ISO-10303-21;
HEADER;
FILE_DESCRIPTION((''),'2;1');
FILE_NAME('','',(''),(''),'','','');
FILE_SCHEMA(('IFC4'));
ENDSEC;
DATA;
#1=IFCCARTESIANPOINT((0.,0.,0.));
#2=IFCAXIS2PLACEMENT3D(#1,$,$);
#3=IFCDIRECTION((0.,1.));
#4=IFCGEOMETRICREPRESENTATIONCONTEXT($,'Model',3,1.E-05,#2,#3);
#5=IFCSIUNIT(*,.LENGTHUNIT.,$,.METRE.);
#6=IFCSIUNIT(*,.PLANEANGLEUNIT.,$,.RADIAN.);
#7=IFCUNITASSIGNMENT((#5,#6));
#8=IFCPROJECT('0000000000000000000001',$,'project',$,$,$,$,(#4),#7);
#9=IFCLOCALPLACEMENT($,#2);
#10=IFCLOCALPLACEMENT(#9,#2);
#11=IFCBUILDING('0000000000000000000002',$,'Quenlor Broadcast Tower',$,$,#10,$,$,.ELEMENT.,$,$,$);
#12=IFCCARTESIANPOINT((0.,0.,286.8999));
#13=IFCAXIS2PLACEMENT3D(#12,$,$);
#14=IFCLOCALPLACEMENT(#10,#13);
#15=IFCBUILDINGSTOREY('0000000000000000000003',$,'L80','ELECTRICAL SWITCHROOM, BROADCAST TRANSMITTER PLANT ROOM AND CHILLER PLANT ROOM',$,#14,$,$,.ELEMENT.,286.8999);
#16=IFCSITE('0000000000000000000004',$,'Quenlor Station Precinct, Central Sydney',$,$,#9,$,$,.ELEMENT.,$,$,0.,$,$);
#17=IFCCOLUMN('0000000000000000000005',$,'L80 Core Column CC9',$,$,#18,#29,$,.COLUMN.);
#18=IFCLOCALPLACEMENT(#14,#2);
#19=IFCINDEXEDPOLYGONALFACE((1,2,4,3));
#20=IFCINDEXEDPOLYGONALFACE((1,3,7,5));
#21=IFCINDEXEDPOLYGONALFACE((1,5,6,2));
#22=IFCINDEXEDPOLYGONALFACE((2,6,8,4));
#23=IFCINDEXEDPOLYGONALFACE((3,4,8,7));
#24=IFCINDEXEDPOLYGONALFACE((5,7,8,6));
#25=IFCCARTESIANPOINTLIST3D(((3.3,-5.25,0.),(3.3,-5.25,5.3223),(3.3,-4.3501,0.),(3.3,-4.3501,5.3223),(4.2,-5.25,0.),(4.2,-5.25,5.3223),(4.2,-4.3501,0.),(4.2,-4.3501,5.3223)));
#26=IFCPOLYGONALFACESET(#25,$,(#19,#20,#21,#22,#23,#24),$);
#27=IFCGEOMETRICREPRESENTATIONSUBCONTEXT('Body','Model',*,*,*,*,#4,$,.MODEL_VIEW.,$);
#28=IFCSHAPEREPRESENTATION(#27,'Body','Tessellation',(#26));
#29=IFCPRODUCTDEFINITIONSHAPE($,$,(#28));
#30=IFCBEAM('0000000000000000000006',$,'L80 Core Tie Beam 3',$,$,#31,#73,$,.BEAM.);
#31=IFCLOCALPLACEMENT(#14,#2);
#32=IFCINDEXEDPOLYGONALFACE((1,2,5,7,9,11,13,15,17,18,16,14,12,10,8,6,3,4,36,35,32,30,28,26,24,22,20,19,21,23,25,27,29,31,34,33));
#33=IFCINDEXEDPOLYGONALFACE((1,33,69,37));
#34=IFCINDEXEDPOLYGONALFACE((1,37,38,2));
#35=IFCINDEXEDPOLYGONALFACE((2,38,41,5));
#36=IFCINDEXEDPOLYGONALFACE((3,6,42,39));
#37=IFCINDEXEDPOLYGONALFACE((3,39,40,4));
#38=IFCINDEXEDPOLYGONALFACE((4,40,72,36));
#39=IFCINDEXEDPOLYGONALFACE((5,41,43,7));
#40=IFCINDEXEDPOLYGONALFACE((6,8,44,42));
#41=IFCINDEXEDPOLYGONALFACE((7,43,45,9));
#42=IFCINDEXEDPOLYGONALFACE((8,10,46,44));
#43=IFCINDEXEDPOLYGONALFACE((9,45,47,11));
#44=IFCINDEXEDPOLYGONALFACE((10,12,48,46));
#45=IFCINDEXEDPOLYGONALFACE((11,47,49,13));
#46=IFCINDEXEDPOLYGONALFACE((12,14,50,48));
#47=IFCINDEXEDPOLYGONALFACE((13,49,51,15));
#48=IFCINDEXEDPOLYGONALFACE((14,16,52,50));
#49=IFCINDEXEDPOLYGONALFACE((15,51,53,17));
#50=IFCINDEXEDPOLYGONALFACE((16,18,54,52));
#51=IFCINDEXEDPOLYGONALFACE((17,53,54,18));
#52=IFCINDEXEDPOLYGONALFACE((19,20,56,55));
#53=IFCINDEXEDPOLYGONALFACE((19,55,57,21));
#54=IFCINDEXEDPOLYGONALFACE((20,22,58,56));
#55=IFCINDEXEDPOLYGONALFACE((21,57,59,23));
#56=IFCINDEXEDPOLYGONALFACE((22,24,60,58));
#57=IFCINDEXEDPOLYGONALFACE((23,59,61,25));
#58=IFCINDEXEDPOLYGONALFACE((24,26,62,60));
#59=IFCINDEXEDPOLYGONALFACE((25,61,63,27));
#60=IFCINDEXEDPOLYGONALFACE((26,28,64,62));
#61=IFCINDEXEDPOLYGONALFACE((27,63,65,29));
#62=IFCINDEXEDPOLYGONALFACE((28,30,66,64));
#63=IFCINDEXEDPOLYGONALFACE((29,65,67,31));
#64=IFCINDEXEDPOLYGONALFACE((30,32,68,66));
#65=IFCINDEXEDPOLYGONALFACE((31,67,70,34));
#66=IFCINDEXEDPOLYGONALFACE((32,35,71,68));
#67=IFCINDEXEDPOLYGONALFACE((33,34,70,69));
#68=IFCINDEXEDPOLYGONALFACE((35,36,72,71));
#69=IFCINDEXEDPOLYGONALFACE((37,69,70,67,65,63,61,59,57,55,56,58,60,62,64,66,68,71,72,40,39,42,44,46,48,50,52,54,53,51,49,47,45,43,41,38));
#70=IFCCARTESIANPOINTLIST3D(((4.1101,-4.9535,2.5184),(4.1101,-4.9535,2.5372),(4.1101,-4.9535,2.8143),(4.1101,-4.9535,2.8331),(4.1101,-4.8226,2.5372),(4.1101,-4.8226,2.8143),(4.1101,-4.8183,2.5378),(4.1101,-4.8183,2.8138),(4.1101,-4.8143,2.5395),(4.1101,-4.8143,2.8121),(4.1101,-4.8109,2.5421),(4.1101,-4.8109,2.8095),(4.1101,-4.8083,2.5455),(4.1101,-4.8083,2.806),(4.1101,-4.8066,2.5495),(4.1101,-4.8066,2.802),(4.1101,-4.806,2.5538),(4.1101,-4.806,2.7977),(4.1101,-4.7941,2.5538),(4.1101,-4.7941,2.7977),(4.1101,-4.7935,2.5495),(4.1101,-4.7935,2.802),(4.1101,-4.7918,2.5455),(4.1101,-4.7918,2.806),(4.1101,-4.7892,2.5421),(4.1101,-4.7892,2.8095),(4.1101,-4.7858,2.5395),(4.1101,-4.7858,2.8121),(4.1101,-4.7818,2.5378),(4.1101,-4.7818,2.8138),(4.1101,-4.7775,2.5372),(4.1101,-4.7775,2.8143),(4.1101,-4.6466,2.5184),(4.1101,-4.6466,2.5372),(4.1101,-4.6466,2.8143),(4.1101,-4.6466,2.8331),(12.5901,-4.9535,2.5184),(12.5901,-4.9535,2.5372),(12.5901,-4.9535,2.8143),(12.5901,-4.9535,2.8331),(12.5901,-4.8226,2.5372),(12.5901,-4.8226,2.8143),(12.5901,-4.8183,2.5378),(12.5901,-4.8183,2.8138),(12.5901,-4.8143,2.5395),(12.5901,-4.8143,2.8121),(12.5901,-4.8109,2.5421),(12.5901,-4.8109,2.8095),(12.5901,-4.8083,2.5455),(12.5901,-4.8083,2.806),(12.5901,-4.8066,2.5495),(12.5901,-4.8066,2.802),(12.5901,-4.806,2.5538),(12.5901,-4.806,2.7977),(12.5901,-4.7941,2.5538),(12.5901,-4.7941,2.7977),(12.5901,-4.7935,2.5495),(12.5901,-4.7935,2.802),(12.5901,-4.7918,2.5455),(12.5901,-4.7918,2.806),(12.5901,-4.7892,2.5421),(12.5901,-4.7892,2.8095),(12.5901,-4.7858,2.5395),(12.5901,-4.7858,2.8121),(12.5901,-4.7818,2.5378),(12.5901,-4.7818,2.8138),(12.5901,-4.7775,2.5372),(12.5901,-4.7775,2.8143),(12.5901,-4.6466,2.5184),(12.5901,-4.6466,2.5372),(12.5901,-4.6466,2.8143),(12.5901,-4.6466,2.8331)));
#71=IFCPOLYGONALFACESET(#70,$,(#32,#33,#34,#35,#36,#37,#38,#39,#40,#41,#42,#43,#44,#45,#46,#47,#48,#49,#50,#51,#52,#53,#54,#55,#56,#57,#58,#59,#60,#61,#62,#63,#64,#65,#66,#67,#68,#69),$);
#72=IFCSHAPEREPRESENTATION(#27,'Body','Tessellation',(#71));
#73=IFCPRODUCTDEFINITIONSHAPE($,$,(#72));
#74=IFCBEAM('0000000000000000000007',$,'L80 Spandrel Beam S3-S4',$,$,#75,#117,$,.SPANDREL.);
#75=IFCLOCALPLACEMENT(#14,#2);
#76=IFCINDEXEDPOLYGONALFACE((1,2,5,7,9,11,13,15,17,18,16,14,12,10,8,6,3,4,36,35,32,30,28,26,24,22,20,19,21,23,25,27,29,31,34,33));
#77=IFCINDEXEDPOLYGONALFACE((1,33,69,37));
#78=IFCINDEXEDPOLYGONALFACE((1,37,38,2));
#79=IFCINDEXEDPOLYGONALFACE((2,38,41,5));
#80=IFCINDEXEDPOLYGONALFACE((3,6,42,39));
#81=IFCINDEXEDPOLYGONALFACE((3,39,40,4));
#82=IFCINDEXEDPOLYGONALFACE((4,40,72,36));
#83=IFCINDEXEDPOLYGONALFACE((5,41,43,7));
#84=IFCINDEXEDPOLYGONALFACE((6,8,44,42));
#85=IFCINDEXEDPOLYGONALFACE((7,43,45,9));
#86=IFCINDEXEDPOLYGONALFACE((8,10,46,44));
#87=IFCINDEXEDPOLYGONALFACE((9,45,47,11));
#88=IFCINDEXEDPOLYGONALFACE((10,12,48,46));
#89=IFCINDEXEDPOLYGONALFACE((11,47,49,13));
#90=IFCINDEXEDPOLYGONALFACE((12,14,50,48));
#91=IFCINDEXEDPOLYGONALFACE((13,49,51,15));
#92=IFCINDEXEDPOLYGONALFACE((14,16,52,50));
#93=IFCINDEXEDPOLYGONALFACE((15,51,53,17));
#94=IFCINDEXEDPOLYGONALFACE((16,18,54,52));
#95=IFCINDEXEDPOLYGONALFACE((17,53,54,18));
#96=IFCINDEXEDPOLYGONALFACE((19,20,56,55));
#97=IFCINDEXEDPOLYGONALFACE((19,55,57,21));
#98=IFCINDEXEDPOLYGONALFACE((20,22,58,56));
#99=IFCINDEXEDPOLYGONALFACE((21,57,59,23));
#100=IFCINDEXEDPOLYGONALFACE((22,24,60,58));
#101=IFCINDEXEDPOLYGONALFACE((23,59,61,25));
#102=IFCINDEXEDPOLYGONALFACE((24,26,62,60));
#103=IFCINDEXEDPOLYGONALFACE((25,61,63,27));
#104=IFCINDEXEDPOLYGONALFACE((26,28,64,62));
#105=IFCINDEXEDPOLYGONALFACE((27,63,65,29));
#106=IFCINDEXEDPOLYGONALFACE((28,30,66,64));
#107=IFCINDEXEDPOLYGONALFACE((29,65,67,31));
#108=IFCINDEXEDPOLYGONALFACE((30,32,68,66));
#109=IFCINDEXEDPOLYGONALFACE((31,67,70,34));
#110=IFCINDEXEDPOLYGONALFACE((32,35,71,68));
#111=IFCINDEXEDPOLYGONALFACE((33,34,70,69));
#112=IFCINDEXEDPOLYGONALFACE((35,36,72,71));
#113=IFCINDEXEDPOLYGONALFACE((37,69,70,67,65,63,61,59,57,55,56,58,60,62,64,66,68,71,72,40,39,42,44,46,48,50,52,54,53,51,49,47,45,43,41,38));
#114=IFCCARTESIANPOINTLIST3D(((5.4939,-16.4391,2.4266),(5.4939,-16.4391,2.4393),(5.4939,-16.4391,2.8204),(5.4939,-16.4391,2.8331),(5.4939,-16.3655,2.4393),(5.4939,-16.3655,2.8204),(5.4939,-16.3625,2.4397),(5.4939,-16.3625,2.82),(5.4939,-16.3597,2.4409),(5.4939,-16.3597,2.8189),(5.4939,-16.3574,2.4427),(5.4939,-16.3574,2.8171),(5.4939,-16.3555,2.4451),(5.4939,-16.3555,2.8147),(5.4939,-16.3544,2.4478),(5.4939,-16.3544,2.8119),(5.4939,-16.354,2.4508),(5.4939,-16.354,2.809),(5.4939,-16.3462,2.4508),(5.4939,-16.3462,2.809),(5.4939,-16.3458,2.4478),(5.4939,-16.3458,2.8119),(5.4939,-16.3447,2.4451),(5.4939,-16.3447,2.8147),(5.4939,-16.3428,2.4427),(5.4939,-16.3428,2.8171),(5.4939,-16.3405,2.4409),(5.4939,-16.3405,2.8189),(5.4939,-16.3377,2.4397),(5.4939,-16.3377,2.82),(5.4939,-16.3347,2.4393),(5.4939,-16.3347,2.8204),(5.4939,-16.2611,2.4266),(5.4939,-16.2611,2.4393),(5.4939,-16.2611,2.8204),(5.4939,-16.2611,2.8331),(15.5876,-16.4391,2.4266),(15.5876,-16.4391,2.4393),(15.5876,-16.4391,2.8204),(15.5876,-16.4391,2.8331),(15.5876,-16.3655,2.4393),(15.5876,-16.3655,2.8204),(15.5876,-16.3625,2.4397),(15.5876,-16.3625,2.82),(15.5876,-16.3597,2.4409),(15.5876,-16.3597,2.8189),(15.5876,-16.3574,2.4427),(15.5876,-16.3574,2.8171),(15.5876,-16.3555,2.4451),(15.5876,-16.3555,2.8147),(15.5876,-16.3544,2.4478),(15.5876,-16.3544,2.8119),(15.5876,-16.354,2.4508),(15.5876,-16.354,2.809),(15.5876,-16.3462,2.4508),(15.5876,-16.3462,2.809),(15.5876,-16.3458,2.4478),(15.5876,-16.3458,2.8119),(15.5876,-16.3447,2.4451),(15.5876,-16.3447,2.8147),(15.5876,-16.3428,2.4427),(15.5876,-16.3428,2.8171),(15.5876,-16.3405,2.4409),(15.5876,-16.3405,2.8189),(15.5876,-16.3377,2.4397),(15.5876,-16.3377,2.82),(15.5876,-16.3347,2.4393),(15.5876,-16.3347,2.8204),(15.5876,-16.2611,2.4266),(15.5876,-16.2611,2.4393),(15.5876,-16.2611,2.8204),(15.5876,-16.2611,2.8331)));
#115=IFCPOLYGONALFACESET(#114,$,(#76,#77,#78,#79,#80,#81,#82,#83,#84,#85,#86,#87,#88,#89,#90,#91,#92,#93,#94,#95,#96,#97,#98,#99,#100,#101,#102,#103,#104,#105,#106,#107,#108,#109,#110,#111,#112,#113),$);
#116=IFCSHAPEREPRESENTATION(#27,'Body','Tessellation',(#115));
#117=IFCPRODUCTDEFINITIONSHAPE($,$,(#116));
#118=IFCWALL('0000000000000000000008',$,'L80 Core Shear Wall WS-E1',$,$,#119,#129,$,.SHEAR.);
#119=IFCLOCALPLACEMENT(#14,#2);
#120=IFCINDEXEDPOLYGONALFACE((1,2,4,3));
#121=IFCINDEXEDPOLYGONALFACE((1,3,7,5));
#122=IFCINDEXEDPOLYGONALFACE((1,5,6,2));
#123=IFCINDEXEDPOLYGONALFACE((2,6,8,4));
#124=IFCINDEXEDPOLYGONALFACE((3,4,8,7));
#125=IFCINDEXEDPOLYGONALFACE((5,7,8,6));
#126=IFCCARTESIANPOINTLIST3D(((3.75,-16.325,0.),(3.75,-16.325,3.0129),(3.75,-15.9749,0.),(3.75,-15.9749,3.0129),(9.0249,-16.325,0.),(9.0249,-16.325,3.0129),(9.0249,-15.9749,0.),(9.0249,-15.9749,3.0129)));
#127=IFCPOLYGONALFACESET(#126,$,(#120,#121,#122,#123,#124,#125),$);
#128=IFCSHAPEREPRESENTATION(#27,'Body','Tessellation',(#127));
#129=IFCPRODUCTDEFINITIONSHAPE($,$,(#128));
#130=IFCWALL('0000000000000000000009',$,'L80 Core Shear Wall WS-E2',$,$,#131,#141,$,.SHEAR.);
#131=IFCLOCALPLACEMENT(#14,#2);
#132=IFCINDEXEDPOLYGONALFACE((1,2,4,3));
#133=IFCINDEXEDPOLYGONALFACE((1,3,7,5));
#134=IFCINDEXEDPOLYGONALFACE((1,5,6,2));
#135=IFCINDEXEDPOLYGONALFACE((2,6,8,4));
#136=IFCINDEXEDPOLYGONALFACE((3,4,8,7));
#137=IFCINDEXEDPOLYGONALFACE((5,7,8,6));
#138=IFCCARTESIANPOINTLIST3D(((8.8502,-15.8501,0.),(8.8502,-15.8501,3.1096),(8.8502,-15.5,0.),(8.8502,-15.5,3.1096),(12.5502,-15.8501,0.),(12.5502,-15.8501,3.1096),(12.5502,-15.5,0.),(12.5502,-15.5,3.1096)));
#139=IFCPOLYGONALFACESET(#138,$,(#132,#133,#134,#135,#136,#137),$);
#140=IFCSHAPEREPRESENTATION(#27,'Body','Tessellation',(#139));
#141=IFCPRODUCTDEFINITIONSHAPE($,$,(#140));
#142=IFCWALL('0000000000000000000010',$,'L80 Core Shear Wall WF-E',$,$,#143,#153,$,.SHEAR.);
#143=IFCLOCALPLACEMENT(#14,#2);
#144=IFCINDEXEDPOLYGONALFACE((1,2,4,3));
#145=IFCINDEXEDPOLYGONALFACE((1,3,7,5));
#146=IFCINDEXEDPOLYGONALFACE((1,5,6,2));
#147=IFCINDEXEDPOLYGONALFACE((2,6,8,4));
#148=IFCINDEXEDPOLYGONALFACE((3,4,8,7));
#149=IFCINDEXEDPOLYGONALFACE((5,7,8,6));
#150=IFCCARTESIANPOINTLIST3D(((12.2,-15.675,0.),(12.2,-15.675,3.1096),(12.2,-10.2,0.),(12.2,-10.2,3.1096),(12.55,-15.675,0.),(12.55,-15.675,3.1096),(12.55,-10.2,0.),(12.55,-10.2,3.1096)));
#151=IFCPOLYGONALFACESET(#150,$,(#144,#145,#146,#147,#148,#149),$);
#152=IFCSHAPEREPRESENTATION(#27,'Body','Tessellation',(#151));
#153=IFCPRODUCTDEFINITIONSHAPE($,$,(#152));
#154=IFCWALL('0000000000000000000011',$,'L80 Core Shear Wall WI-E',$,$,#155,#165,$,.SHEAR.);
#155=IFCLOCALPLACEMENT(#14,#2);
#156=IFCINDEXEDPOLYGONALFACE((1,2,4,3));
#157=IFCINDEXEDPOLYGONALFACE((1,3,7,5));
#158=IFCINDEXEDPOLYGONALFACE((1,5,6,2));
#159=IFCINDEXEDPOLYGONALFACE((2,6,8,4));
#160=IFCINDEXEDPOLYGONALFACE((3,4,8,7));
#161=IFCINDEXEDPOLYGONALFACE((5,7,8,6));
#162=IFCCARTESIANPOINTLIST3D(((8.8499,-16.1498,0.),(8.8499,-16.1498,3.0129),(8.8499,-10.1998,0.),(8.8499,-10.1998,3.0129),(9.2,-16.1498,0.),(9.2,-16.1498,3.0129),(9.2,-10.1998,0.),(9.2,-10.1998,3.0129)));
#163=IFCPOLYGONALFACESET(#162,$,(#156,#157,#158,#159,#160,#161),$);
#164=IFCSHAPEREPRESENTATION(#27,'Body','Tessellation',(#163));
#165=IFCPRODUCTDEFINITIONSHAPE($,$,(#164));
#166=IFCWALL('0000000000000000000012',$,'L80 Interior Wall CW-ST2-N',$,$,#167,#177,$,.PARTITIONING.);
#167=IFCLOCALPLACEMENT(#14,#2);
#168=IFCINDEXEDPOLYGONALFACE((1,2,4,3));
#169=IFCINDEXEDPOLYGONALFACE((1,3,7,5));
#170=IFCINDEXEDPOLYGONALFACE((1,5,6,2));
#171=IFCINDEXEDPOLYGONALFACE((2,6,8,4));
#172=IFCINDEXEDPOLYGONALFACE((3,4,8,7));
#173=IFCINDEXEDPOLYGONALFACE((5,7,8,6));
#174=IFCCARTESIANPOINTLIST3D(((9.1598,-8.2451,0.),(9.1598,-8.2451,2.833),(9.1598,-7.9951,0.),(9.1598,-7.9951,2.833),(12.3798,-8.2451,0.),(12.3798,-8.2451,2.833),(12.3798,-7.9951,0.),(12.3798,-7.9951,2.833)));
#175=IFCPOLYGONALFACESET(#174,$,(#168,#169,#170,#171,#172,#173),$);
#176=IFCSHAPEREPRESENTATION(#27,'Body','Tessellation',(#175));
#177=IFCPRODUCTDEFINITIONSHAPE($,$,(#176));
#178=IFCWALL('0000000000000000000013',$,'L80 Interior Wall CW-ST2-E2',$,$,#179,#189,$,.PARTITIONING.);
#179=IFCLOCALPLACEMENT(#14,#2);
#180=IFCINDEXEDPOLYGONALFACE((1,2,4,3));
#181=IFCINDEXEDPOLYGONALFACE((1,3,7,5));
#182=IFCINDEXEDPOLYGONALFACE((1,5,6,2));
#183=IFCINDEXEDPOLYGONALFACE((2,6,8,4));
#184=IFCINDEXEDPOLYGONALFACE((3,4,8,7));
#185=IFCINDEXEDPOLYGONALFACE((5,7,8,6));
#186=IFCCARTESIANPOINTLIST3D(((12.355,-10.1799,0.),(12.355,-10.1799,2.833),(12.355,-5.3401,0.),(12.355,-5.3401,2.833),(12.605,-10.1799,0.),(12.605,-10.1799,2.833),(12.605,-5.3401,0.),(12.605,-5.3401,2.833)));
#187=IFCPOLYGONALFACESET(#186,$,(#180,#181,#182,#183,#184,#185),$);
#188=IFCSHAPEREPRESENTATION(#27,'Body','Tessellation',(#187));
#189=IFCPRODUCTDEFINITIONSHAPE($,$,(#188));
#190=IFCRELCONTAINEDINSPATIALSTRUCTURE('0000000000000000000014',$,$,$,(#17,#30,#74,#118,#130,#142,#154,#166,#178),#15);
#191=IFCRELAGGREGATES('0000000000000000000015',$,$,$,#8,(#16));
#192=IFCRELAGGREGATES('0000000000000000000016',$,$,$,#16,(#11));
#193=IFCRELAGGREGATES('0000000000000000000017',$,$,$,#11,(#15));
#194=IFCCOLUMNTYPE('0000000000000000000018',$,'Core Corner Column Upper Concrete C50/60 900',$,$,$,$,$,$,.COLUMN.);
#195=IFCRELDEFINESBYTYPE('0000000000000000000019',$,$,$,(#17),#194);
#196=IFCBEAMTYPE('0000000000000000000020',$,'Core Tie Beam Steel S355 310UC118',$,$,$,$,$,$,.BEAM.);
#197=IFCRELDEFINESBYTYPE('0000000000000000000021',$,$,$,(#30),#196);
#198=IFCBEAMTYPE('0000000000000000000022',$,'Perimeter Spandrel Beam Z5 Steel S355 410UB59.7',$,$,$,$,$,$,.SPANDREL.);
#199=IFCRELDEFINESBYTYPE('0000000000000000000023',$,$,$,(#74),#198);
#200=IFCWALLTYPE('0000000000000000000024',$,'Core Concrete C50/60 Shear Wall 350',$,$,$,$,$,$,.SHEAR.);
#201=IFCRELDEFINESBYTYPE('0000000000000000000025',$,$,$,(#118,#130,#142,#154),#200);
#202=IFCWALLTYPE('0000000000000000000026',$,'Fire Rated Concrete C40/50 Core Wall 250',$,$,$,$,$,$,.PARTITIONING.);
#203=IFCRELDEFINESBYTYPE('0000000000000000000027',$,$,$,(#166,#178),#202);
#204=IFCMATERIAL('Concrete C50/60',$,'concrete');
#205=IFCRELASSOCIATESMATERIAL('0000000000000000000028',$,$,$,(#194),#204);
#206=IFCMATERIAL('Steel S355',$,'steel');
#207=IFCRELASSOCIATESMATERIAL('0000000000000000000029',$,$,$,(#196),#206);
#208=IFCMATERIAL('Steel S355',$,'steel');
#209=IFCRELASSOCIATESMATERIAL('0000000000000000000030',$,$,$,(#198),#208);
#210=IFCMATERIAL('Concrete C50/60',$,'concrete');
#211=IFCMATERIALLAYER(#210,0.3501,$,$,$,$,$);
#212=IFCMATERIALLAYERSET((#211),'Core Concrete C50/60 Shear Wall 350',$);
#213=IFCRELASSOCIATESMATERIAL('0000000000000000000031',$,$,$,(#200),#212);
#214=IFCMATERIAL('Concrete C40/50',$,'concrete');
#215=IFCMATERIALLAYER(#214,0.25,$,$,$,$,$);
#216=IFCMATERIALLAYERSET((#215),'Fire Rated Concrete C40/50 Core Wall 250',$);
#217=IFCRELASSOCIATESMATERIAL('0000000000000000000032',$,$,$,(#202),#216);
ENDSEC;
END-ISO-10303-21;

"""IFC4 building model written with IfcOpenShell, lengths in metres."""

from ifc_helpers import new_model, si_unit, direction, frame, frame_2d, origin, origin_2d, place, context, subcontext, project, spatial, rectangle, i_section, extrude, material, layer, layer_set, material_profile, profile_set, type_object, element, save


model = new_model("IFC4")

# Units and contexts
model_context = context("Model", 3, precision=1e-05, world=origin(), true_north=direction((0.0, 1.0)))
body_context = subcontext(model_context, "Body", "Model", "MODEL_VIEW")
ifc_project = project(units=[si_unit("LENGTHUNIT", "METRE"), si_unit("PLANEANGLEUNIT", "RADIAN")], contexts=[model_context])

# Site, building, storey
site_placement = place(None, origin())
site = spatial("IfcSite", under=ifc_project, at=site_placement, Name="Quenlor Station Precinct, Central Sydney", CompositionType="ELEMENT", RefElevation=0.0)
building_placement = place(site_placement, origin())
building = spatial("IfcBuilding", under=site, at=building_placement, Name="Quenlor Broadcast Tower", CompositionType="ELEMENT")
storey_placement = place(building_placement, frame((0.0, 0.0, 286.8999)))
storey = spatial("IfcBuildingStorey", under=building, at=storey_placement, Name="L80", Description="ELECTRICAL SWITCHROOM, BROADCAST TRANSMITTER PLANT ROOM AND CHILLER PLANT ROOM", CompositionType="ELEMENT", Elevation=286.8999)

# Column
ifc_material_1 = material(Name="Concrete C50/60", Category="concrete")
ifc_material_profile_1 = material_profile(ifc_material_1, rectangle(XDim=0.8999, YDim=0.8999, at=origin_2d()))
ifc_profile_set_1 = profile_set([ifc_material_profile_1], Name="Concrete C50/60 RC900x900")
column_type = type_object("IfcColumnType", Name="Core Corner Column Upper Concrete C50/60 900", PredefinedType="COLUMN", material=ifc_profile_set_1)
column_placement = place(storey_placement, frame((3.75, -4.8, 0.0), z_axis=(0.0, 0.0, 1.0), x_axis=(1.0, 0.0, 0.0)))
element("IfcColumn", 1, at=column_placement, inside=storey, type_object=column_type, Name="L80 Core Column CC9", PredefinedType="COLUMN", context=body_context, shape_type="SweptSolid", body=[
    extrude(rectangle(XDim=0.8999, YDim=0.8999, at=origin_2d()), origin(), (0.0, 0.0, 1.0), 5.3223),
])

# Beams
ifc_material_2 = material(Name="Steel S355", Category="steel")
ifc_material_profile_2 = material_profile(ifc_material_2, i_section(OverallWidth=0.3069, OverallDepth=0.3147, WebThickness=0.012, FlangeThickness=0.0188, FilletRadius=0.0166, at=origin_2d()))
ifc_profile_set_2 = profile_set([ifc_material_profile_2], Name="Steel S355 310UC118")
beam_type_1 = type_object("IfcBeamType", Name="Core Tie Beam Steel S355 310UC118", PredefinedType="BEAM", material=ifc_profile_set_2)
beam_1_placement = place(storey_placement, frame((4.1101, -4.8, 2.6758), z_axis=(1.0, 0.0, 0.0), x_axis=(0.0, 1.0, 0.0)))
element("IfcBeam", 2, at=beam_1_placement, inside=storey, type_object=beam_type_1, Name="L80 Core Tie Beam 3", PredefinedType="BEAM", context=body_context, shape_type="SweptSolid", body=[
    extrude(i_section(OverallWidth=0.3069, OverallDepth=0.3147, WebThickness=0.012, FlangeThickness=0.0188, FilletRadius=0.0166, at=origin_2d()), origin(), (0.0, 0.0, 1.0), 8.48),
])
ifc_material_3 = material(Name="Steel S355", Category="steel")
ifc_material_profile_3 = material_profile(ifc_material_3, i_section(OverallWidth=0.178, OverallDepth=0.4065, WebThickness=0.0078, FlangeThickness=0.0127, FilletRadius=0.0115, at=origin_2d()))
ifc_profile_set_3 = profile_set([ifc_material_profile_3], Name="Steel S355 410UB59.7")
beam_type_2 = type_object("IfcBeamType", Name="Perimeter Spandrel Beam Z5 Steel S355 410UB59.7", PredefinedType="SPANDREL", material=ifc_profile_set_3)
beam_2_placement = place(storey_placement, frame((5.4939, -16.3501, 2.6299), z_axis=(1.0, 0.0, 0.0), x_axis=(0.0, 1.0, 0.0)))
element("IfcBeam", 3, at=beam_2_placement, inside=storey, type_object=beam_type_2, Name="L80 Spandrel Beam S3-S4", PredefinedType="SPANDREL", context=body_context, shape_type="SweptSolid", body=[
    extrude(i_section(OverallWidth=0.178, OverallDepth=0.4065, WebThickness=0.0078, FlangeThickness=0.0127, FilletRadius=0.0115, at=origin_2d()), origin(), (0.0, 0.0, 1.0), 10.0938),
])

# Walls
ifc_material_4 = material(Name="Concrete C50/60", Category="concrete")
ifc_layer_1 = layer(ifc_material_4, 0.3501)
ifc_layer_set_1 = layer_set([ifc_layer_1], Name="Core Concrete C50/60 Shear Wall 350")
wall_type_1 = type_object("IfcWallType", Name="Core Concrete C50/60 Shear Wall 350", PredefinedType="SHEAR", material=ifc_layer_set_1)
wall_1_placement = place(storey_placement, frame((3.75, -16.1499, 0.0), z_axis=(0.0, 0.0, 1.0), x_axis=(1.0, 0.0, 0.0)))
element("IfcWall", 4, at=wall_1_placement, inside=storey, type_object=wall_type_1, Name="L80 Core Shear Wall WS-E1", PredefinedType="SHEAR", context=body_context, shape_type="SweptSolid", body=[
    extrude(rectangle(XDim=5.2749, YDim=0.3501, at=frame_2d((2.6375, 0.0))), origin(), (0.0, 0.0, 1.0), 3.0129),
])
wall_2_placement = place(storey_placement, frame((8.8501, -15.675, 0.0), z_axis=(0.0, 0.0, 1.0), x_axis=(1.0, 0.0, 0.0)))
element("IfcWall", 5, at=wall_2_placement, inside=storey, type_object=wall_type_1, Name="L80 Core Shear Wall WS-E2", PredefinedType="SHEAR", context=body_context, shape_type="SweptSolid", body=[
    extrude(rectangle(XDim=3.7, YDim=0.3501, at=frame_2d((1.8501, 0.0))), origin(), (0.0, 0.0, 1.0), 3.1096),
])
wall_3_placement = place(storey_placement, frame((12.375, -15.675, 0.0), z_axis=(0.0, 0.0, 1.0), x_axis=(0.0, 1.0, 0.0)))
element("IfcWall", 6, at=wall_3_placement, inside=storey, type_object=wall_type_1, Name="L80 Core Shear Wall WF-E", PredefinedType="SHEAR", context=body_context, shape_type="SweptSolid", body=[
    extrude(rectangle(XDim=5.4751, YDim=0.3501, at=frame_2d((2.7375, 0.0))), origin(), (0.0, 0.0, 1.0), 3.1096),
])
wall_4_placement = place(storey_placement, frame((9.0249, -16.1499, 0.0), z_axis=(0.0, 0.0, 1.0), x_axis=(0.0, 1.0, 0.0)))
element("IfcWall", 7, at=wall_4_placement, inside=storey, type_object=wall_type_1, Name="L80 Core Shear Wall WI-E", PredefinedType="SHEAR", context=body_context, shape_type="SweptSolid", body=[
    extrude(rectangle(XDim=5.95, YDim=0.3501, at=frame_2d((2.9751, 0.0))), origin(), (0.0, 0.0, 1.0), 3.0129),
])

# Shared definitions
ifc_material_5 = material(Name="Concrete C40/50", Category="concrete")
ifc_layer_2 = layer(ifc_material_5, 0.25)
ifc_layer_set_2 = layer_set([ifc_layer_2], Name="Fire Rated Concrete C40/50 Core Wall 250")
wall_type_2 = type_object("IfcWallType", Name="Fire Rated Concrete C40/50 Core Wall 250", PredefinedType="PARTITIONING", material=ifc_layer_set_2)

# Walls
wall_5_placement = place(storey_placement, frame((9.1599, -8.1201, 0.0), z_axis=(0.0, 0.0, 1.0), x_axis=(1.0, 0.0, 0.0)))
element("IfcWall", 8, at=wall_5_placement, inside=storey, type_object=wall_type_2, Name="L80 Interior Wall CW-ST2-N", PredefinedType="PARTITIONING", context=body_context, shape_type="SweptSolid", body=[
    extrude(rectangle(XDim=3.22, YDim=0.25, at=frame_2d((1.6099, 0.0))), origin(), (0.0, 0.0, 1.0), 2.833),
])
wall_6_placement = place(storey_placement, frame((12.48, -10.1799, 0.0), z_axis=(0.0, 0.0, 1.0), x_axis=(0.0, 1.0, 0.0)))
element("IfcWall", 9, at=wall_6_placement, inside=storey, type_object=wall_type_2, Name="L80 Interior Wall CW-ST2-E2", PredefinedType="PARTITIONING", context=body_context, shape_type="SweptSolid", body=[
    extrude(rectangle(XDim=4.8398, YDim=0.25, at=frame_2d((2.4199, 0.0))), origin(), (0.0, 0.0, 1.0), 2.833),
])

save(model, "model.ifc")
